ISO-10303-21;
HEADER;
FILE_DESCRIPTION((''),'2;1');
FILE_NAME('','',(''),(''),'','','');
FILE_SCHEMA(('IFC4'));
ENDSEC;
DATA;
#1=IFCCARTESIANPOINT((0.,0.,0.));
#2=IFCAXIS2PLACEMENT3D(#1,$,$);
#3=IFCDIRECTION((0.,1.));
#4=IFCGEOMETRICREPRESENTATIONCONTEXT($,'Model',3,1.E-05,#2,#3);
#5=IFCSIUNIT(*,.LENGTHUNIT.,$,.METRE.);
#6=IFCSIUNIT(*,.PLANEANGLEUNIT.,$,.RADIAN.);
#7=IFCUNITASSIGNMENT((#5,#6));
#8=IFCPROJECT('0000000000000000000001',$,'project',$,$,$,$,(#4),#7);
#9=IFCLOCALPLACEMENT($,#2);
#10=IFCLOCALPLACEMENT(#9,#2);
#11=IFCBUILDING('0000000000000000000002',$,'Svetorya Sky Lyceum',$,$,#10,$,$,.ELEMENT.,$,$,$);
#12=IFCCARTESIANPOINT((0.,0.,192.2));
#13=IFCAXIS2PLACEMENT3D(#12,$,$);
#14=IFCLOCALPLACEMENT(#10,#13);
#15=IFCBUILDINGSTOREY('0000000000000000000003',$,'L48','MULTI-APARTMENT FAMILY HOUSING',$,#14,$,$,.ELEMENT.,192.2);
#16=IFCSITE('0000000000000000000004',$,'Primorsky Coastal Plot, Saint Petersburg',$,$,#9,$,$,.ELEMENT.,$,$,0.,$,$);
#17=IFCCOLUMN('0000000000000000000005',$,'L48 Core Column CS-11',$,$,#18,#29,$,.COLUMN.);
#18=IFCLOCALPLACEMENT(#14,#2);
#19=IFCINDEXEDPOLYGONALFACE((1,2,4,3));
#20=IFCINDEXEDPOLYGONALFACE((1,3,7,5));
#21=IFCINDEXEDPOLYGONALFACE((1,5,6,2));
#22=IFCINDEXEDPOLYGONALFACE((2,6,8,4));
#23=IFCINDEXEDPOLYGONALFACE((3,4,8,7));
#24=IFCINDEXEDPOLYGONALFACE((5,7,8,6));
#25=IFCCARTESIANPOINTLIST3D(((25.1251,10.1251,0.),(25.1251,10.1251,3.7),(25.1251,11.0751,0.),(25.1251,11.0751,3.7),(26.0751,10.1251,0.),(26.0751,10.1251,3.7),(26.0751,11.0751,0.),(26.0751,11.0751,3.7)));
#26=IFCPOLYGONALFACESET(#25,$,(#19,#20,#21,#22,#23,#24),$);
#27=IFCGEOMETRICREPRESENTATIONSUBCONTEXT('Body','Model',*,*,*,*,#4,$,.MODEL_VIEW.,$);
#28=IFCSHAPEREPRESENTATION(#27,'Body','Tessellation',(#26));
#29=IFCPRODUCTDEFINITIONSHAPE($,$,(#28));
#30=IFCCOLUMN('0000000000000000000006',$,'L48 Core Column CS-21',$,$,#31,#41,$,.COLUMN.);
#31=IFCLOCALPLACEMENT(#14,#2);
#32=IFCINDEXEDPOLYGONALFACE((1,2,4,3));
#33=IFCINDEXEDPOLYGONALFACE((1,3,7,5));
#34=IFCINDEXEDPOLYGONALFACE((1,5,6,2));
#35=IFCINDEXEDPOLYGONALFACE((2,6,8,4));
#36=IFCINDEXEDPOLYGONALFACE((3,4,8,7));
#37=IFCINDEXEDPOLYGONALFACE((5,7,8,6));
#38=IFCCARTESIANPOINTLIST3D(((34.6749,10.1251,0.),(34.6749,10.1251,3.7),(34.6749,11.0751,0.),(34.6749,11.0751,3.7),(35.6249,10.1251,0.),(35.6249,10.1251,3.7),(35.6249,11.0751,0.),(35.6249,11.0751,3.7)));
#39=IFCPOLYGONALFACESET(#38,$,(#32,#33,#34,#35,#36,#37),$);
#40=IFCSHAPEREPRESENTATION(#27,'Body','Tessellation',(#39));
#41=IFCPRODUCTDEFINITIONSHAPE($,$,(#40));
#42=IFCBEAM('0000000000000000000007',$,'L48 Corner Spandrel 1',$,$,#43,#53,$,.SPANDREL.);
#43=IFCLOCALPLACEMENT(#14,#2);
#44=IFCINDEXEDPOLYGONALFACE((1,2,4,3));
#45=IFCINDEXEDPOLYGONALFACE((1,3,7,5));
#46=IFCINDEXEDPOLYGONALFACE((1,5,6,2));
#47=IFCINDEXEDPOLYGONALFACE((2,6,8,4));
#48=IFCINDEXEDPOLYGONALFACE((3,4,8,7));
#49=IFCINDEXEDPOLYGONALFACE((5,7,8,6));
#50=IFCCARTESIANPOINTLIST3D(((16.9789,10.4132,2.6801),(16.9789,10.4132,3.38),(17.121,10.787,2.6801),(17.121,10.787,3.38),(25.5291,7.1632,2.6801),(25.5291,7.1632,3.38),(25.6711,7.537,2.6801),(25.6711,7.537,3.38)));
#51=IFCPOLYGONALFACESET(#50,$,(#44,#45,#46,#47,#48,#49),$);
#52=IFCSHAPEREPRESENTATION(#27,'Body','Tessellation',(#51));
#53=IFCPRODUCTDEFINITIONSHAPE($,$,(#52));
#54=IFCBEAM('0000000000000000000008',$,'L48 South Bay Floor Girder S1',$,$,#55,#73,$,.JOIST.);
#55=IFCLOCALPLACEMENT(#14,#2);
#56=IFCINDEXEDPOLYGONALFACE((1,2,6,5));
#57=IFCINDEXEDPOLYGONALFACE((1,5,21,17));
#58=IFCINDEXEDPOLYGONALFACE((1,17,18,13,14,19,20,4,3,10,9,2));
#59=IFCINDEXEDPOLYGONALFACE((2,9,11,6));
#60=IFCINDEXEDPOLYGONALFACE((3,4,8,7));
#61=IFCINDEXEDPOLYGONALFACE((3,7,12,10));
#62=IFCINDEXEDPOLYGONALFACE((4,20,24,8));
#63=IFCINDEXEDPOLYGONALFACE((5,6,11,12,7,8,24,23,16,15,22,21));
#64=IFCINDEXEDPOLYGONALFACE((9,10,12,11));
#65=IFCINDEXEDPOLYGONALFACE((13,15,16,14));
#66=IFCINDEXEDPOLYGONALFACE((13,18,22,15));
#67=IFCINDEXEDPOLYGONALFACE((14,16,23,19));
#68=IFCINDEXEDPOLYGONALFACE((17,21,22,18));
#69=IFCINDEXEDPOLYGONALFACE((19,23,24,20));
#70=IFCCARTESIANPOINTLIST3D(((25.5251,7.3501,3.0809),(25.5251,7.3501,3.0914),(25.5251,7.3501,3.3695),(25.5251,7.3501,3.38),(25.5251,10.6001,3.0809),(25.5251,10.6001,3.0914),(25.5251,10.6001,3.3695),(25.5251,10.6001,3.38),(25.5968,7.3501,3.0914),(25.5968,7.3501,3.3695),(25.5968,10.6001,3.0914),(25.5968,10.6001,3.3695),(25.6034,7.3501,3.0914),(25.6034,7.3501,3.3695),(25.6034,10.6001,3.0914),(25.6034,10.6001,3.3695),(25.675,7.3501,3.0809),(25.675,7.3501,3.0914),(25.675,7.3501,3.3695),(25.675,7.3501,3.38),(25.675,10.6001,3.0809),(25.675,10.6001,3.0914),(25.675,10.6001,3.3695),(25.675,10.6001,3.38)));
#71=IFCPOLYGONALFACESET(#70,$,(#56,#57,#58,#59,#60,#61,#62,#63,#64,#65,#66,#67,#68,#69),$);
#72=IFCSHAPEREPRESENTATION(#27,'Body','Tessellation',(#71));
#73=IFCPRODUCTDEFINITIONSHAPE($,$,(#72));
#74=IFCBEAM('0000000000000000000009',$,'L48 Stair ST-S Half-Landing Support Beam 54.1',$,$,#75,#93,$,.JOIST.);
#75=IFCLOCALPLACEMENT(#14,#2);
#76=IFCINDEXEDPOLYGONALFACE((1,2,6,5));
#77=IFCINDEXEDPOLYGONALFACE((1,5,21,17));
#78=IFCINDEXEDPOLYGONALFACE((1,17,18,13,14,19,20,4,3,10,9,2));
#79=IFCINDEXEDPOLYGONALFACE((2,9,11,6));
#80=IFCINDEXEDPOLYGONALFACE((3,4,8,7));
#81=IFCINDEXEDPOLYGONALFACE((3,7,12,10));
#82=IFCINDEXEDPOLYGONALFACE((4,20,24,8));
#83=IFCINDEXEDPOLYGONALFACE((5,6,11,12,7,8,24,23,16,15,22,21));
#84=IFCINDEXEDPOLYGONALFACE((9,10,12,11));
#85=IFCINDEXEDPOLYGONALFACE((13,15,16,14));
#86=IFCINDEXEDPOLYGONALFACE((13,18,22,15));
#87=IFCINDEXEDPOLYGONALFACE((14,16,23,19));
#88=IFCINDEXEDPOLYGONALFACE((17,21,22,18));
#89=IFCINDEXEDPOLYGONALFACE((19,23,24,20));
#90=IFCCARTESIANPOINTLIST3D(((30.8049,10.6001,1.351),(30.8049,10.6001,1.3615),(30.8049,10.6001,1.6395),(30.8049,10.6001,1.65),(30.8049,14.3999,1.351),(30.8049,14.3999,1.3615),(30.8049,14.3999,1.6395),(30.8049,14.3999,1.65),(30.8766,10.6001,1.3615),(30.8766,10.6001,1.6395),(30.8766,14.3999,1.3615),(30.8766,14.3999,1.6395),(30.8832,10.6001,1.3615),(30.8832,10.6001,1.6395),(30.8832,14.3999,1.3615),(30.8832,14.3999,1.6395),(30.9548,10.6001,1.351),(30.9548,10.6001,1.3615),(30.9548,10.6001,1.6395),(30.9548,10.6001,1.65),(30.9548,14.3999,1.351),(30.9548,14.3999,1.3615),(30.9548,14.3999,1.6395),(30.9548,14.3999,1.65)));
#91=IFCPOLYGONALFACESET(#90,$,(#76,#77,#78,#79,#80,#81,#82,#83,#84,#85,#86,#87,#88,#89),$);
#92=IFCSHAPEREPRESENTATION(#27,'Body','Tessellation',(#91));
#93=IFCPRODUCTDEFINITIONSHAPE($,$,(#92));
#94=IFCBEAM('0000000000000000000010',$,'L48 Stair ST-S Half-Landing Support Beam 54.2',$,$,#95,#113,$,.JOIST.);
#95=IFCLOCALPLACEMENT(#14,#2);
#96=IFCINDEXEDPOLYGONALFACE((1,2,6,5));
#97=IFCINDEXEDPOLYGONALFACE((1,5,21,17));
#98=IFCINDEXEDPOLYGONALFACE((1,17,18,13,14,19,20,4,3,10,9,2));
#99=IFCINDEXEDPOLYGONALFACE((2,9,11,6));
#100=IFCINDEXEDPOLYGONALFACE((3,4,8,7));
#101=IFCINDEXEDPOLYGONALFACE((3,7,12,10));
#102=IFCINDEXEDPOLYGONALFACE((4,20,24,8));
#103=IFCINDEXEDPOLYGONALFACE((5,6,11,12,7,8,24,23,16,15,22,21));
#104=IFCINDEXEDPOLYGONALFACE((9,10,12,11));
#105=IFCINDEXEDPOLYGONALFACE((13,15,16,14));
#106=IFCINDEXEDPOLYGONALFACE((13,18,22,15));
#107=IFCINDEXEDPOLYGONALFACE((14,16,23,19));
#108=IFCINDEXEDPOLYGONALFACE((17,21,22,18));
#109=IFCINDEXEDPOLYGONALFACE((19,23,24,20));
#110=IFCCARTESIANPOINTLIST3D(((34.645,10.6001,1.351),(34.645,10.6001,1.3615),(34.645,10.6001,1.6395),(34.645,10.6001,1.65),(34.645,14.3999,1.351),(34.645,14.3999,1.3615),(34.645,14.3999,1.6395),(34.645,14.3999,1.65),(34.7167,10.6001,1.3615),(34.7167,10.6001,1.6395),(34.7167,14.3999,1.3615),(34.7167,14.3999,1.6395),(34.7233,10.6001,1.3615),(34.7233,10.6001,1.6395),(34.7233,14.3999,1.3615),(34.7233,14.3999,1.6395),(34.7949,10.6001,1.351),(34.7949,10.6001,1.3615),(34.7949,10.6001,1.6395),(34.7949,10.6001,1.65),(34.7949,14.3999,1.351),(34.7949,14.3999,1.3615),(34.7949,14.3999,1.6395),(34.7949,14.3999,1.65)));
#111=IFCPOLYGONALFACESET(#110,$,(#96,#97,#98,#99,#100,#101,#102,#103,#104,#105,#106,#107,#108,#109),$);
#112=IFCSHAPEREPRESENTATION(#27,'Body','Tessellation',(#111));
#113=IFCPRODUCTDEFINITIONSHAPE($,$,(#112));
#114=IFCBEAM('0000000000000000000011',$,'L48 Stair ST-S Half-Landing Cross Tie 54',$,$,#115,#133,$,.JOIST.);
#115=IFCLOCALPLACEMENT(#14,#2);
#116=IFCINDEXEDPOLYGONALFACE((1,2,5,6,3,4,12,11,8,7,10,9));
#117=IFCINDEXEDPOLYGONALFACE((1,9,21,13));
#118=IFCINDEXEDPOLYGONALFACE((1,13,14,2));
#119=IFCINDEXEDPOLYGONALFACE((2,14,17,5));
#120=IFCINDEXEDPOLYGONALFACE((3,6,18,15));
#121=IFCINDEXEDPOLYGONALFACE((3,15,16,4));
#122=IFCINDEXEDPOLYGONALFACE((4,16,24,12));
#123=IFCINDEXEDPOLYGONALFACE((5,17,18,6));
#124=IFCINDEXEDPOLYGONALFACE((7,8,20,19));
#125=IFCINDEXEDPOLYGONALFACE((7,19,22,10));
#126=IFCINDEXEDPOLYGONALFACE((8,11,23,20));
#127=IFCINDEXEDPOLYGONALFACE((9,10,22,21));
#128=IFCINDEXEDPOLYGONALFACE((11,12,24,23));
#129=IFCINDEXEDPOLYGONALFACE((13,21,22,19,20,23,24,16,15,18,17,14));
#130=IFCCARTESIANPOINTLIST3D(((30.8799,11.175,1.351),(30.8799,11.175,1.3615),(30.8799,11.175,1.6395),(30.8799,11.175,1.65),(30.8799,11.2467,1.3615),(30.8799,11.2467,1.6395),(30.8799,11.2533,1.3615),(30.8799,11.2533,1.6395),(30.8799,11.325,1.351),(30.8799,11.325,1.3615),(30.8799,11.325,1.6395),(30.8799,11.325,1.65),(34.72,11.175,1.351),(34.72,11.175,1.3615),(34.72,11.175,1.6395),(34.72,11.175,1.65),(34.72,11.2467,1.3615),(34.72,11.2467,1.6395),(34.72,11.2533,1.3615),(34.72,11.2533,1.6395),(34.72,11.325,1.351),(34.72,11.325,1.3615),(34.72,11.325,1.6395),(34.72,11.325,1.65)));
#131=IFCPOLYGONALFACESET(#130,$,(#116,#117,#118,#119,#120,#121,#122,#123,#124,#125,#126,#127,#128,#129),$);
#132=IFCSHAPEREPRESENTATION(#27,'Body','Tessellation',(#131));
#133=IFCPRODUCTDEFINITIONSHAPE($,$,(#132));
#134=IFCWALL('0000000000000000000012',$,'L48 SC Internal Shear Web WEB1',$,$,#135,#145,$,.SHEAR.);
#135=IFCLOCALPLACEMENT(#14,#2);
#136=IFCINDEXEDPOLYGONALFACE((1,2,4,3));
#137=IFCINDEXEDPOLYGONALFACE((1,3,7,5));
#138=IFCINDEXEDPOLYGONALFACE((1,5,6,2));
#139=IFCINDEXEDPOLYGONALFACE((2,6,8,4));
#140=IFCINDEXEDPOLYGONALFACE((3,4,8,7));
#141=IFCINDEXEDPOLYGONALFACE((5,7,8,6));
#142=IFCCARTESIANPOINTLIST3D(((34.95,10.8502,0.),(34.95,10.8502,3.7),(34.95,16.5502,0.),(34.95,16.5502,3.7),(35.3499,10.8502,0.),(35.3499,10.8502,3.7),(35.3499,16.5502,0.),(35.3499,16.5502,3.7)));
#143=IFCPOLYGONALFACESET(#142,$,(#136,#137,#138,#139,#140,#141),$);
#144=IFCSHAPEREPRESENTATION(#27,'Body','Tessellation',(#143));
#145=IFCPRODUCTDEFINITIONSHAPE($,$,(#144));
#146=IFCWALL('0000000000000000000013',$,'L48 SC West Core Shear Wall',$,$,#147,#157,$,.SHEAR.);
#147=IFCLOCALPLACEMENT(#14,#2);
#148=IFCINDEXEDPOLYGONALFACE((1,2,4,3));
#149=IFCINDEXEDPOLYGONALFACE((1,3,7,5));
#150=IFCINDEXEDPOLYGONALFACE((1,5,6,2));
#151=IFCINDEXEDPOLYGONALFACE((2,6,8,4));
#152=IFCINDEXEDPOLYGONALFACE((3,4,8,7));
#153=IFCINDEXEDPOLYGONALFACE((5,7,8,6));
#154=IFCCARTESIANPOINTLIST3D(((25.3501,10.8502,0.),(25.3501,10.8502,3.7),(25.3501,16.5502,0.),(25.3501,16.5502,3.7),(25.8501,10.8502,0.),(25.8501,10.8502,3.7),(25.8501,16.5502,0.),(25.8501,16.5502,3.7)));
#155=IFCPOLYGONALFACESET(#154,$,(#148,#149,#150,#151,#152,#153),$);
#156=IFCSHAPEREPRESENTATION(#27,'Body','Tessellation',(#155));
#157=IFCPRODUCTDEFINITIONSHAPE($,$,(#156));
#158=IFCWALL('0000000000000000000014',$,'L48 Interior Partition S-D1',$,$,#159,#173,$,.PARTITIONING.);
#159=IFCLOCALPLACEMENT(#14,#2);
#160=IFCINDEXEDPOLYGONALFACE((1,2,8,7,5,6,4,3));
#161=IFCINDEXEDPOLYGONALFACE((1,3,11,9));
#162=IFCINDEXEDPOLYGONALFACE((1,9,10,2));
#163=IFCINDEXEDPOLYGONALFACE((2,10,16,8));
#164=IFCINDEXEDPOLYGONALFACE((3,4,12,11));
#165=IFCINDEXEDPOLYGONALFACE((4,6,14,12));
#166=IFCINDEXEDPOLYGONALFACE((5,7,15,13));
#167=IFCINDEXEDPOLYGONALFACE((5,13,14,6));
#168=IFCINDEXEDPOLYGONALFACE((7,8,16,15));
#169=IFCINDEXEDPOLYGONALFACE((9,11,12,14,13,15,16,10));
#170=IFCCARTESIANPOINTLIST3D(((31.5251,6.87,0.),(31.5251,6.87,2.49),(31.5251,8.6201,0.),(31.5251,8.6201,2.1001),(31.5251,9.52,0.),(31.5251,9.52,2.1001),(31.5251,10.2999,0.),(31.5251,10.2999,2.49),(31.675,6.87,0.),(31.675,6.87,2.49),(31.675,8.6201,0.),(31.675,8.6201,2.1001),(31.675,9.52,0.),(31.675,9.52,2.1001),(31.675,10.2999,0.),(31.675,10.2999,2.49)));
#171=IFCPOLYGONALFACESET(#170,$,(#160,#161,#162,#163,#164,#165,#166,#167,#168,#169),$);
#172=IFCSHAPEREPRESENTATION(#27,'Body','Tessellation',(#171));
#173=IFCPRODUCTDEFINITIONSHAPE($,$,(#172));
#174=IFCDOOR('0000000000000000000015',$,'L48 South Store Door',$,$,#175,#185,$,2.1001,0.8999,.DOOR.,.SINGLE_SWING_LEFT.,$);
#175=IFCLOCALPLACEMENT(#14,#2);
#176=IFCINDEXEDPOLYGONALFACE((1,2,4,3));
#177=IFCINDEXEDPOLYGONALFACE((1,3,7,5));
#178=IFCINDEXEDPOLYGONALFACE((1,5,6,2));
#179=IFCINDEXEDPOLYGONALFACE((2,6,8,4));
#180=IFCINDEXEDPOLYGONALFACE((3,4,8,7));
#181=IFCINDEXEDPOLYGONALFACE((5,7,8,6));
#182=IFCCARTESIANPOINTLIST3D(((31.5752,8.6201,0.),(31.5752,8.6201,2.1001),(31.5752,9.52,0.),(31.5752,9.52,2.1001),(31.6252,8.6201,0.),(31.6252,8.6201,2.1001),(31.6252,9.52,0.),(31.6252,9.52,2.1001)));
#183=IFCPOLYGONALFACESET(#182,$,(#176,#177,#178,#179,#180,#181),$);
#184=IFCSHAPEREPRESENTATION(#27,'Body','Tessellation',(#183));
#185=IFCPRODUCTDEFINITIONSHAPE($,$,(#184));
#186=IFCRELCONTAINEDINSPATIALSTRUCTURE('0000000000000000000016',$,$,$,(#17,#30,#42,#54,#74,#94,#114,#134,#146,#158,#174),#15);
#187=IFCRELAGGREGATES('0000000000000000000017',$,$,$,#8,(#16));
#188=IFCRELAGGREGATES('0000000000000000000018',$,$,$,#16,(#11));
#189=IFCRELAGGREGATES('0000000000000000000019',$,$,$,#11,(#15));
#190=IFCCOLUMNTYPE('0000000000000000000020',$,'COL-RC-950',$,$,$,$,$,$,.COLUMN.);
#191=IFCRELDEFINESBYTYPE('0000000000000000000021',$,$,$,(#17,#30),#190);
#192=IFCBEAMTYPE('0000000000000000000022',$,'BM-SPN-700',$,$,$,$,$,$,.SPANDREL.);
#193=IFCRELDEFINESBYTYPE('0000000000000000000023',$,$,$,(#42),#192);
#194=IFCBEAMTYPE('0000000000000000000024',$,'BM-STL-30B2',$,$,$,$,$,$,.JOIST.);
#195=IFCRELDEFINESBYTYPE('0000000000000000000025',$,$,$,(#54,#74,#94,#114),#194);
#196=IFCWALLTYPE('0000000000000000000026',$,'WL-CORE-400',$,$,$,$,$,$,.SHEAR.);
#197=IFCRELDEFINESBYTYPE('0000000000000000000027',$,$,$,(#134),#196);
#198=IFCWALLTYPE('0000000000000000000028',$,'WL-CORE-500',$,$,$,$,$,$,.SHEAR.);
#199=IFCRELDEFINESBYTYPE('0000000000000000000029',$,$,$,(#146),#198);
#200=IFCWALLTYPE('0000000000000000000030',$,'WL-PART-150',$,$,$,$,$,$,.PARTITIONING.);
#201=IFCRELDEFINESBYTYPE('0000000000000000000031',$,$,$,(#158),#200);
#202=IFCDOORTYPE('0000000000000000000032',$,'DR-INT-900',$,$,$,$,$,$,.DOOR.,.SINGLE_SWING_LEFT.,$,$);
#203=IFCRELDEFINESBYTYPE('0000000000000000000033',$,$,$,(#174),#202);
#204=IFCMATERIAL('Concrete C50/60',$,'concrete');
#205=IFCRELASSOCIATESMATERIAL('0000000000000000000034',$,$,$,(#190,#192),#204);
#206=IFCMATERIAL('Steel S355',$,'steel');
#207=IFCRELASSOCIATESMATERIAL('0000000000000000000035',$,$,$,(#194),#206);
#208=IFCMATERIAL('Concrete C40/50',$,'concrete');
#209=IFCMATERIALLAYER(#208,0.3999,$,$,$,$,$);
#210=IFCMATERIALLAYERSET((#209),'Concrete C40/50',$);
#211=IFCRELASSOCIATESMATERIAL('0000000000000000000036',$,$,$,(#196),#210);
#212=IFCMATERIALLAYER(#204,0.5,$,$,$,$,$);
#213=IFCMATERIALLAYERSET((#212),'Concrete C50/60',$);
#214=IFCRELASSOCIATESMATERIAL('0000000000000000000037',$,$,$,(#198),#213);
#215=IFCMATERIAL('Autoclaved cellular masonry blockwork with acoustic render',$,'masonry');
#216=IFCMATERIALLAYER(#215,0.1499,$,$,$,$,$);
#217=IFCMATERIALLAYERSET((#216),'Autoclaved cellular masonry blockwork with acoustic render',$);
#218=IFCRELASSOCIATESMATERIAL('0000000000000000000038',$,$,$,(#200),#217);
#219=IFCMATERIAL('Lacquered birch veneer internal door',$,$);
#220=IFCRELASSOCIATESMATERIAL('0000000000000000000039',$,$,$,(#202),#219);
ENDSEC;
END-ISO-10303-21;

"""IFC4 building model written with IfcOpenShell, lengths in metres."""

from ifc_helpers import new_model, si_unit, direction, frame, frame_2d, origin, origin_2d, place, context, subcontext, project, spatial, rectangle, i_section, extrude, material, layer, layer_set, material_profile, profile_set, type_object, element, fill, save


model = new_model("IFC4")

# Units and contexts
model_context = context("Model", 3, precision=1e-05, world=origin(), true_north=direction((0.0, 1.0)))
body_context = subcontext(model_context, "Body", "Model", "MODEL_VIEW")
ifc_project = project(units=[si_unit("LENGTHUNIT", "METRE"), si_unit("PLANEANGLEUNIT", "RADIAN")], contexts=[model_context])

# Site, building, storey
site_placement = place(None, origin())
site = spatial("IfcSite", under=ifc_project, at=site_placement, Name="Primorsky Coastal Plot, Saint Petersburg", CompositionType="ELEMENT", RefElevation=0.0)
building_placement = place(site_placement, origin())
building = spatial("IfcBuilding", under=site, at=building_placement, Name="Svetorya Sky Lyceum", CompositionType="ELEMENT")
storey_placement = place(building_placement, frame((0.0, 0.0, 192.2)))
storey = spatial("IfcBuildingStorey", under=building, at=storey_placement, Name="L48", Description="MULTI-APARTMENT FAMILY HOUSING", CompositionType="ELEMENT", Elevation=192.2)

# Columns
ifc_material_1 = material(Name="Concrete C50/60", Category="concrete")
ifc_material_profile_1 = material_profile(ifc_material_1, rectangle(XDim=0.95, YDim=0.95, at=origin_2d()), Name="RC COL 950x950")
ifc_profile_set_1 = profile_set([ifc_material_profile_1], Name="Concrete C50/60")
column_type = type_object("IfcColumnType", Name="COL-RC-950", PredefinedType="COLUMN", material=ifc_profile_set_1)
for number, where, z_axis, x_axis, name in (
    (1, (25.6001, 10.6001, 0.0), (0.0, 0.0, 1.0), (1.0, 0.0, 0.0), "L48 Core Column CS-11"),
    (2, (35.1499, 10.6001, 0.0), (0.0, 0.0, 1.0), (1.0, 0.0, 0.0), "L48 Core Column CS-21"),
):
    element("IfcColumn", number, at=place(storey_placement, frame(where, z_axis=z_axis, x_axis=x_axis)), inside=storey, type_object=column_type, Name=name, PredefinedType="COLUMN", context=body_context, shape_type="SweptSolid", body=[
        extrude(rectangle(XDim=0.95, YDim=0.95, at=origin_2d()), origin(), (0.0, 0.0, 1.0), 3.7),
    ])

# Beams
ifc_material_profile_2 = material_profile(ifc_material_1, rectangle(XDim=0.3999, YDim=0.7, at=origin_2d()), Name="RC SPANDREL 400x700")
ifc_profile_set_2 = profile_set([ifc_material_profile_2], Name="Concrete C50/60")
beam_type_1 = type_object("IfcBeamType", Name="BM-SPN-700", PredefinedType="SPANDREL", material=ifc_profile_set_2)
beam_1_placement = place(storey_placement, frame((25.6001, 7.3501, 3.03), z_axis=(-0.934748, 0.355312, 0.0), x_axis=(-0.355312, -0.934748, 0.0)))
element("IfcBeam", 3, at=beam_1_placement, inside=storey, type_object=beam_type_1, Name="L48 Corner Spandrel 1", PredefinedType="SPANDREL", context=body_context, shape_type="SweptSolid", body=[
    extrude(rectangle(XDim=0.3999, YDim=0.7, at=origin_2d()), origin(), (0.0, 0.0, 1.0), 9.147),
])
ifc_material_2 = material(Name="Steel S355", Category="steel")
ifc_material_profile_3 = material_profile(ifc_material_2, i_section(OverallWidth=0.1499, OverallDepth=0.2991, WebThickness=0.0066, FlangeThickness=0.0105, at=origin_2d()), Name="GOST 30B2")
ifc_profile_set_3 = profile_set([ifc_material_profile_3], Name="Steel S355")
beam_type_2 = type_object("IfcBeamType", Name="BM-STL-30B2", PredefinedType="JOIST", material=ifc_profile_set_3)
beam_2_placement = place(storey_placement, frame((25.6001, 7.3501, 3.2305), z_axis=(0.0, 1.0, 0.0), x_axis=(-1.0, 0.0, 0.0)))
element("IfcBeam", 4, at=beam_2_placement, inside=storey, type_object=beam_type_2, Name="L48 South Bay Floor Girder S1", PredefinedType="JOIST", context=body_context, shape_type="SweptSolid", body=[
    extrude(i_section(OverallWidth=0.1499, OverallDepth=0.2991, WebThickness=0.0066, FlangeThickness=0.0105, at=origin_2d()), origin(), (0.0, 0.0, 1.0), 3.25),
])
for number, where, z_axis, x_axis, name in (
    (5, (30.8799, 10.6001, 1.5005), (0.0, 1.0, 0.0), (-1.0, 0.0, 0.0), "L48 Stair ST-S Half-Landing Support Beam 54.1"),
    (6, (34.72, 10.6001, 1.5005), (0.0, 1.0, 0.0), (-1.0, 0.0, 0.0), "L48 Stair ST-S Half-Landing Support Beam 54.2"),
):
    element("IfcBeam", number, at=place(storey_placement, frame(where, z_axis=z_axis, x_axis=x_axis)), inside=storey, type_object=beam_type_2, Name=name, PredefinedType="JOIST", context=body_context, shape_type="SweptSolid", body=[
        extrude(i_section(OverallWidth=0.1499, OverallDepth=0.2991, WebThickness=0.0066, FlangeThickness=0.0105, at=origin_2d()), origin(), (0.0, 0.0, 1.0), 3.7998),
    ])
beam_3_placement = place(storey_placement, frame((30.8799, 11.25, 1.5005), z_axis=(1.0, 0.0, 0.0), x_axis=(0.0, 1.0, 0.0)))
element("IfcBeam", 7, at=beam_3_placement, inside=storey, type_object=beam_type_2, Name="L48 Stair ST-S Half-Landing Cross Tie 54", PredefinedType="JOIST", context=body_context, shape_type="SweptSolid", body=[
    extrude(i_section(OverallWidth=0.1499, OverallDepth=0.2991, WebThickness=0.0066, FlangeThickness=0.0105, at=origin_2d()), origin(), (0.0, 0.0, 1.0), 3.8401),
])

# Walls
ifc_material_3 = material(Name="Concrete C40/50", Category="concrete")
ifc_layer_1 = layer(ifc_material_3, 0.3999)
ifc_layer_set_1 = layer_set([ifc_layer_1], Name="Concrete C40/50")
wall_type_1 = type_object("IfcWallType", Name="WL-CORE-400", PredefinedType="SHEAR", material=ifc_layer_set_1)
wall_1_placement = place(storey_placement, frame((35.1499, 10.8501, 0.0), z_axis=(0.0, 0.0, 1.0), x_axis=(0.0, 1.0, 0.0)))
element("IfcWall", 8, at=wall_1_placement, inside=storey, type_object=wall_type_1, Name="L48 SC Internal Shear Web WEB1", PredefinedType="SHEAR", context=body_context, shape_type="SweptSolid", body=[
    extrude(rectangle(XDim=5.7, YDim=0.3999, at=frame_2d((2.8501, 0.0))), origin(), (0.0, 0.0, 1.0), 3.7),
])
ifc_layer_2 = layer(ifc_material_1, 0.5)
ifc_layer_set_2 = layer_set([ifc_layer_2], Name="Concrete C50/60")
wall_type_2 = type_object("IfcWallType", Name="WL-CORE-500", PredefinedType="SHEAR", material=ifc_layer_set_2)
wall_2_placement = place(storey_placement, frame((25.6001, 10.8501, 0.0), z_axis=(0.0, 0.0, 1.0), x_axis=(0.0, 1.0, 0.0)))
element("IfcWall", 9, at=wall_2_placement, inside=storey, type_object=wall_type_2, Name="L48 SC West Core Shear Wall", PredefinedType="SHEAR", context=body_context, shape_type="SweptSolid", body=[
    extrude(rectangle(XDim=5.7, YDim=0.5, at=frame_2d((2.8501, 0.0))), origin(), (0.0, 0.0, 1.0), 3.7),
])

# Wall, opening, door
ifc_material_4 = material(Name="Autoclaved cellular masonry blockwork with acoustic render", Category="masonry")
ifc_layer_3 = layer(ifc_material_4, 0.1499)
ifc_layer_set_3 = layer_set([ifc_layer_3], Name="Autoclaved cellular masonry blockwork with acoustic render")
wall_type_3 = type_object("IfcWallType", Name="WL-PART-150", PredefinedType="PARTITIONING", material=ifc_layer_set_3)
wall_3_placement = place(storey_placement, frame((31.6001, 6.8701, 0.0), z_axis=(0.0, 0.0, 1.0), x_axis=(0.0, 1.0, 0.0)))
wall_3 = element("IfcWall", 10, at=wall_3_placement, inside=storey, type_object=wall_type_3, Name="L48 Interior Partition S-D1", PredefinedType="PARTITIONING", context=body_context, shape_type="SweptSolid", body=[
    extrude(rectangle(XDim=3.4299, YDim=0.1499, at=frame_2d((1.7148, 0.0))), origin(), (0.0, 0.0, 1.0), 2.49),
])
opening_placement = place(wall_3_placement, frame((1.75, 0.0, 0.0)))
opening = element("IfcOpeningElement", 11, at=opening_placement, cuts=wall_3, PredefinedType="OPENING", context=body_context, shape_type="SweptSolid", body=[
    extrude(rectangle(XDim=0.8999, YDim=2.1001, at=frame_2d((0.45, 1.05))), frame((0.0, 0.085, 0.0), z_axis=(0.0, -1.0, 0.0), x_axis=(1.0, 0.0, 0.0)), (0.0, 0.0, 1.0), 0.1699),
])
ifc_material_5 = material(Name="Lacquered birch veneer internal door")
door_type = type_object("IfcDoorType", Name="DR-INT-900", OperationType="SINGLE_SWING_LEFT", PredefinedType="DOOR", material=ifc_material_5)
door_placement = place(opening_placement, origin())
door = element("IfcDoor", 12, at=door_placement, inside=storey, type_object=door_type, Name="L48 South Store Door", OperationType="SINGLE_SWING_LEFT", OverallHeight=2.1001, OverallWidth=0.8999, PredefinedType="DOOR", context=body_context, shape_type="SweptSolid", body=[
    extrude(rectangle(XDim=0.8999, YDim=2.1001, at=frame_2d((0.45, 1.05))), frame((0.0, 0.0249, 0.0), z_axis=(0.0, -1.0, 0.0), x_axis=(1.0, 0.0, 0.0)), (0.0, 0.0, 1.0), 0.05),
])
fill(opening, door)

save(model, "model.ifc")
